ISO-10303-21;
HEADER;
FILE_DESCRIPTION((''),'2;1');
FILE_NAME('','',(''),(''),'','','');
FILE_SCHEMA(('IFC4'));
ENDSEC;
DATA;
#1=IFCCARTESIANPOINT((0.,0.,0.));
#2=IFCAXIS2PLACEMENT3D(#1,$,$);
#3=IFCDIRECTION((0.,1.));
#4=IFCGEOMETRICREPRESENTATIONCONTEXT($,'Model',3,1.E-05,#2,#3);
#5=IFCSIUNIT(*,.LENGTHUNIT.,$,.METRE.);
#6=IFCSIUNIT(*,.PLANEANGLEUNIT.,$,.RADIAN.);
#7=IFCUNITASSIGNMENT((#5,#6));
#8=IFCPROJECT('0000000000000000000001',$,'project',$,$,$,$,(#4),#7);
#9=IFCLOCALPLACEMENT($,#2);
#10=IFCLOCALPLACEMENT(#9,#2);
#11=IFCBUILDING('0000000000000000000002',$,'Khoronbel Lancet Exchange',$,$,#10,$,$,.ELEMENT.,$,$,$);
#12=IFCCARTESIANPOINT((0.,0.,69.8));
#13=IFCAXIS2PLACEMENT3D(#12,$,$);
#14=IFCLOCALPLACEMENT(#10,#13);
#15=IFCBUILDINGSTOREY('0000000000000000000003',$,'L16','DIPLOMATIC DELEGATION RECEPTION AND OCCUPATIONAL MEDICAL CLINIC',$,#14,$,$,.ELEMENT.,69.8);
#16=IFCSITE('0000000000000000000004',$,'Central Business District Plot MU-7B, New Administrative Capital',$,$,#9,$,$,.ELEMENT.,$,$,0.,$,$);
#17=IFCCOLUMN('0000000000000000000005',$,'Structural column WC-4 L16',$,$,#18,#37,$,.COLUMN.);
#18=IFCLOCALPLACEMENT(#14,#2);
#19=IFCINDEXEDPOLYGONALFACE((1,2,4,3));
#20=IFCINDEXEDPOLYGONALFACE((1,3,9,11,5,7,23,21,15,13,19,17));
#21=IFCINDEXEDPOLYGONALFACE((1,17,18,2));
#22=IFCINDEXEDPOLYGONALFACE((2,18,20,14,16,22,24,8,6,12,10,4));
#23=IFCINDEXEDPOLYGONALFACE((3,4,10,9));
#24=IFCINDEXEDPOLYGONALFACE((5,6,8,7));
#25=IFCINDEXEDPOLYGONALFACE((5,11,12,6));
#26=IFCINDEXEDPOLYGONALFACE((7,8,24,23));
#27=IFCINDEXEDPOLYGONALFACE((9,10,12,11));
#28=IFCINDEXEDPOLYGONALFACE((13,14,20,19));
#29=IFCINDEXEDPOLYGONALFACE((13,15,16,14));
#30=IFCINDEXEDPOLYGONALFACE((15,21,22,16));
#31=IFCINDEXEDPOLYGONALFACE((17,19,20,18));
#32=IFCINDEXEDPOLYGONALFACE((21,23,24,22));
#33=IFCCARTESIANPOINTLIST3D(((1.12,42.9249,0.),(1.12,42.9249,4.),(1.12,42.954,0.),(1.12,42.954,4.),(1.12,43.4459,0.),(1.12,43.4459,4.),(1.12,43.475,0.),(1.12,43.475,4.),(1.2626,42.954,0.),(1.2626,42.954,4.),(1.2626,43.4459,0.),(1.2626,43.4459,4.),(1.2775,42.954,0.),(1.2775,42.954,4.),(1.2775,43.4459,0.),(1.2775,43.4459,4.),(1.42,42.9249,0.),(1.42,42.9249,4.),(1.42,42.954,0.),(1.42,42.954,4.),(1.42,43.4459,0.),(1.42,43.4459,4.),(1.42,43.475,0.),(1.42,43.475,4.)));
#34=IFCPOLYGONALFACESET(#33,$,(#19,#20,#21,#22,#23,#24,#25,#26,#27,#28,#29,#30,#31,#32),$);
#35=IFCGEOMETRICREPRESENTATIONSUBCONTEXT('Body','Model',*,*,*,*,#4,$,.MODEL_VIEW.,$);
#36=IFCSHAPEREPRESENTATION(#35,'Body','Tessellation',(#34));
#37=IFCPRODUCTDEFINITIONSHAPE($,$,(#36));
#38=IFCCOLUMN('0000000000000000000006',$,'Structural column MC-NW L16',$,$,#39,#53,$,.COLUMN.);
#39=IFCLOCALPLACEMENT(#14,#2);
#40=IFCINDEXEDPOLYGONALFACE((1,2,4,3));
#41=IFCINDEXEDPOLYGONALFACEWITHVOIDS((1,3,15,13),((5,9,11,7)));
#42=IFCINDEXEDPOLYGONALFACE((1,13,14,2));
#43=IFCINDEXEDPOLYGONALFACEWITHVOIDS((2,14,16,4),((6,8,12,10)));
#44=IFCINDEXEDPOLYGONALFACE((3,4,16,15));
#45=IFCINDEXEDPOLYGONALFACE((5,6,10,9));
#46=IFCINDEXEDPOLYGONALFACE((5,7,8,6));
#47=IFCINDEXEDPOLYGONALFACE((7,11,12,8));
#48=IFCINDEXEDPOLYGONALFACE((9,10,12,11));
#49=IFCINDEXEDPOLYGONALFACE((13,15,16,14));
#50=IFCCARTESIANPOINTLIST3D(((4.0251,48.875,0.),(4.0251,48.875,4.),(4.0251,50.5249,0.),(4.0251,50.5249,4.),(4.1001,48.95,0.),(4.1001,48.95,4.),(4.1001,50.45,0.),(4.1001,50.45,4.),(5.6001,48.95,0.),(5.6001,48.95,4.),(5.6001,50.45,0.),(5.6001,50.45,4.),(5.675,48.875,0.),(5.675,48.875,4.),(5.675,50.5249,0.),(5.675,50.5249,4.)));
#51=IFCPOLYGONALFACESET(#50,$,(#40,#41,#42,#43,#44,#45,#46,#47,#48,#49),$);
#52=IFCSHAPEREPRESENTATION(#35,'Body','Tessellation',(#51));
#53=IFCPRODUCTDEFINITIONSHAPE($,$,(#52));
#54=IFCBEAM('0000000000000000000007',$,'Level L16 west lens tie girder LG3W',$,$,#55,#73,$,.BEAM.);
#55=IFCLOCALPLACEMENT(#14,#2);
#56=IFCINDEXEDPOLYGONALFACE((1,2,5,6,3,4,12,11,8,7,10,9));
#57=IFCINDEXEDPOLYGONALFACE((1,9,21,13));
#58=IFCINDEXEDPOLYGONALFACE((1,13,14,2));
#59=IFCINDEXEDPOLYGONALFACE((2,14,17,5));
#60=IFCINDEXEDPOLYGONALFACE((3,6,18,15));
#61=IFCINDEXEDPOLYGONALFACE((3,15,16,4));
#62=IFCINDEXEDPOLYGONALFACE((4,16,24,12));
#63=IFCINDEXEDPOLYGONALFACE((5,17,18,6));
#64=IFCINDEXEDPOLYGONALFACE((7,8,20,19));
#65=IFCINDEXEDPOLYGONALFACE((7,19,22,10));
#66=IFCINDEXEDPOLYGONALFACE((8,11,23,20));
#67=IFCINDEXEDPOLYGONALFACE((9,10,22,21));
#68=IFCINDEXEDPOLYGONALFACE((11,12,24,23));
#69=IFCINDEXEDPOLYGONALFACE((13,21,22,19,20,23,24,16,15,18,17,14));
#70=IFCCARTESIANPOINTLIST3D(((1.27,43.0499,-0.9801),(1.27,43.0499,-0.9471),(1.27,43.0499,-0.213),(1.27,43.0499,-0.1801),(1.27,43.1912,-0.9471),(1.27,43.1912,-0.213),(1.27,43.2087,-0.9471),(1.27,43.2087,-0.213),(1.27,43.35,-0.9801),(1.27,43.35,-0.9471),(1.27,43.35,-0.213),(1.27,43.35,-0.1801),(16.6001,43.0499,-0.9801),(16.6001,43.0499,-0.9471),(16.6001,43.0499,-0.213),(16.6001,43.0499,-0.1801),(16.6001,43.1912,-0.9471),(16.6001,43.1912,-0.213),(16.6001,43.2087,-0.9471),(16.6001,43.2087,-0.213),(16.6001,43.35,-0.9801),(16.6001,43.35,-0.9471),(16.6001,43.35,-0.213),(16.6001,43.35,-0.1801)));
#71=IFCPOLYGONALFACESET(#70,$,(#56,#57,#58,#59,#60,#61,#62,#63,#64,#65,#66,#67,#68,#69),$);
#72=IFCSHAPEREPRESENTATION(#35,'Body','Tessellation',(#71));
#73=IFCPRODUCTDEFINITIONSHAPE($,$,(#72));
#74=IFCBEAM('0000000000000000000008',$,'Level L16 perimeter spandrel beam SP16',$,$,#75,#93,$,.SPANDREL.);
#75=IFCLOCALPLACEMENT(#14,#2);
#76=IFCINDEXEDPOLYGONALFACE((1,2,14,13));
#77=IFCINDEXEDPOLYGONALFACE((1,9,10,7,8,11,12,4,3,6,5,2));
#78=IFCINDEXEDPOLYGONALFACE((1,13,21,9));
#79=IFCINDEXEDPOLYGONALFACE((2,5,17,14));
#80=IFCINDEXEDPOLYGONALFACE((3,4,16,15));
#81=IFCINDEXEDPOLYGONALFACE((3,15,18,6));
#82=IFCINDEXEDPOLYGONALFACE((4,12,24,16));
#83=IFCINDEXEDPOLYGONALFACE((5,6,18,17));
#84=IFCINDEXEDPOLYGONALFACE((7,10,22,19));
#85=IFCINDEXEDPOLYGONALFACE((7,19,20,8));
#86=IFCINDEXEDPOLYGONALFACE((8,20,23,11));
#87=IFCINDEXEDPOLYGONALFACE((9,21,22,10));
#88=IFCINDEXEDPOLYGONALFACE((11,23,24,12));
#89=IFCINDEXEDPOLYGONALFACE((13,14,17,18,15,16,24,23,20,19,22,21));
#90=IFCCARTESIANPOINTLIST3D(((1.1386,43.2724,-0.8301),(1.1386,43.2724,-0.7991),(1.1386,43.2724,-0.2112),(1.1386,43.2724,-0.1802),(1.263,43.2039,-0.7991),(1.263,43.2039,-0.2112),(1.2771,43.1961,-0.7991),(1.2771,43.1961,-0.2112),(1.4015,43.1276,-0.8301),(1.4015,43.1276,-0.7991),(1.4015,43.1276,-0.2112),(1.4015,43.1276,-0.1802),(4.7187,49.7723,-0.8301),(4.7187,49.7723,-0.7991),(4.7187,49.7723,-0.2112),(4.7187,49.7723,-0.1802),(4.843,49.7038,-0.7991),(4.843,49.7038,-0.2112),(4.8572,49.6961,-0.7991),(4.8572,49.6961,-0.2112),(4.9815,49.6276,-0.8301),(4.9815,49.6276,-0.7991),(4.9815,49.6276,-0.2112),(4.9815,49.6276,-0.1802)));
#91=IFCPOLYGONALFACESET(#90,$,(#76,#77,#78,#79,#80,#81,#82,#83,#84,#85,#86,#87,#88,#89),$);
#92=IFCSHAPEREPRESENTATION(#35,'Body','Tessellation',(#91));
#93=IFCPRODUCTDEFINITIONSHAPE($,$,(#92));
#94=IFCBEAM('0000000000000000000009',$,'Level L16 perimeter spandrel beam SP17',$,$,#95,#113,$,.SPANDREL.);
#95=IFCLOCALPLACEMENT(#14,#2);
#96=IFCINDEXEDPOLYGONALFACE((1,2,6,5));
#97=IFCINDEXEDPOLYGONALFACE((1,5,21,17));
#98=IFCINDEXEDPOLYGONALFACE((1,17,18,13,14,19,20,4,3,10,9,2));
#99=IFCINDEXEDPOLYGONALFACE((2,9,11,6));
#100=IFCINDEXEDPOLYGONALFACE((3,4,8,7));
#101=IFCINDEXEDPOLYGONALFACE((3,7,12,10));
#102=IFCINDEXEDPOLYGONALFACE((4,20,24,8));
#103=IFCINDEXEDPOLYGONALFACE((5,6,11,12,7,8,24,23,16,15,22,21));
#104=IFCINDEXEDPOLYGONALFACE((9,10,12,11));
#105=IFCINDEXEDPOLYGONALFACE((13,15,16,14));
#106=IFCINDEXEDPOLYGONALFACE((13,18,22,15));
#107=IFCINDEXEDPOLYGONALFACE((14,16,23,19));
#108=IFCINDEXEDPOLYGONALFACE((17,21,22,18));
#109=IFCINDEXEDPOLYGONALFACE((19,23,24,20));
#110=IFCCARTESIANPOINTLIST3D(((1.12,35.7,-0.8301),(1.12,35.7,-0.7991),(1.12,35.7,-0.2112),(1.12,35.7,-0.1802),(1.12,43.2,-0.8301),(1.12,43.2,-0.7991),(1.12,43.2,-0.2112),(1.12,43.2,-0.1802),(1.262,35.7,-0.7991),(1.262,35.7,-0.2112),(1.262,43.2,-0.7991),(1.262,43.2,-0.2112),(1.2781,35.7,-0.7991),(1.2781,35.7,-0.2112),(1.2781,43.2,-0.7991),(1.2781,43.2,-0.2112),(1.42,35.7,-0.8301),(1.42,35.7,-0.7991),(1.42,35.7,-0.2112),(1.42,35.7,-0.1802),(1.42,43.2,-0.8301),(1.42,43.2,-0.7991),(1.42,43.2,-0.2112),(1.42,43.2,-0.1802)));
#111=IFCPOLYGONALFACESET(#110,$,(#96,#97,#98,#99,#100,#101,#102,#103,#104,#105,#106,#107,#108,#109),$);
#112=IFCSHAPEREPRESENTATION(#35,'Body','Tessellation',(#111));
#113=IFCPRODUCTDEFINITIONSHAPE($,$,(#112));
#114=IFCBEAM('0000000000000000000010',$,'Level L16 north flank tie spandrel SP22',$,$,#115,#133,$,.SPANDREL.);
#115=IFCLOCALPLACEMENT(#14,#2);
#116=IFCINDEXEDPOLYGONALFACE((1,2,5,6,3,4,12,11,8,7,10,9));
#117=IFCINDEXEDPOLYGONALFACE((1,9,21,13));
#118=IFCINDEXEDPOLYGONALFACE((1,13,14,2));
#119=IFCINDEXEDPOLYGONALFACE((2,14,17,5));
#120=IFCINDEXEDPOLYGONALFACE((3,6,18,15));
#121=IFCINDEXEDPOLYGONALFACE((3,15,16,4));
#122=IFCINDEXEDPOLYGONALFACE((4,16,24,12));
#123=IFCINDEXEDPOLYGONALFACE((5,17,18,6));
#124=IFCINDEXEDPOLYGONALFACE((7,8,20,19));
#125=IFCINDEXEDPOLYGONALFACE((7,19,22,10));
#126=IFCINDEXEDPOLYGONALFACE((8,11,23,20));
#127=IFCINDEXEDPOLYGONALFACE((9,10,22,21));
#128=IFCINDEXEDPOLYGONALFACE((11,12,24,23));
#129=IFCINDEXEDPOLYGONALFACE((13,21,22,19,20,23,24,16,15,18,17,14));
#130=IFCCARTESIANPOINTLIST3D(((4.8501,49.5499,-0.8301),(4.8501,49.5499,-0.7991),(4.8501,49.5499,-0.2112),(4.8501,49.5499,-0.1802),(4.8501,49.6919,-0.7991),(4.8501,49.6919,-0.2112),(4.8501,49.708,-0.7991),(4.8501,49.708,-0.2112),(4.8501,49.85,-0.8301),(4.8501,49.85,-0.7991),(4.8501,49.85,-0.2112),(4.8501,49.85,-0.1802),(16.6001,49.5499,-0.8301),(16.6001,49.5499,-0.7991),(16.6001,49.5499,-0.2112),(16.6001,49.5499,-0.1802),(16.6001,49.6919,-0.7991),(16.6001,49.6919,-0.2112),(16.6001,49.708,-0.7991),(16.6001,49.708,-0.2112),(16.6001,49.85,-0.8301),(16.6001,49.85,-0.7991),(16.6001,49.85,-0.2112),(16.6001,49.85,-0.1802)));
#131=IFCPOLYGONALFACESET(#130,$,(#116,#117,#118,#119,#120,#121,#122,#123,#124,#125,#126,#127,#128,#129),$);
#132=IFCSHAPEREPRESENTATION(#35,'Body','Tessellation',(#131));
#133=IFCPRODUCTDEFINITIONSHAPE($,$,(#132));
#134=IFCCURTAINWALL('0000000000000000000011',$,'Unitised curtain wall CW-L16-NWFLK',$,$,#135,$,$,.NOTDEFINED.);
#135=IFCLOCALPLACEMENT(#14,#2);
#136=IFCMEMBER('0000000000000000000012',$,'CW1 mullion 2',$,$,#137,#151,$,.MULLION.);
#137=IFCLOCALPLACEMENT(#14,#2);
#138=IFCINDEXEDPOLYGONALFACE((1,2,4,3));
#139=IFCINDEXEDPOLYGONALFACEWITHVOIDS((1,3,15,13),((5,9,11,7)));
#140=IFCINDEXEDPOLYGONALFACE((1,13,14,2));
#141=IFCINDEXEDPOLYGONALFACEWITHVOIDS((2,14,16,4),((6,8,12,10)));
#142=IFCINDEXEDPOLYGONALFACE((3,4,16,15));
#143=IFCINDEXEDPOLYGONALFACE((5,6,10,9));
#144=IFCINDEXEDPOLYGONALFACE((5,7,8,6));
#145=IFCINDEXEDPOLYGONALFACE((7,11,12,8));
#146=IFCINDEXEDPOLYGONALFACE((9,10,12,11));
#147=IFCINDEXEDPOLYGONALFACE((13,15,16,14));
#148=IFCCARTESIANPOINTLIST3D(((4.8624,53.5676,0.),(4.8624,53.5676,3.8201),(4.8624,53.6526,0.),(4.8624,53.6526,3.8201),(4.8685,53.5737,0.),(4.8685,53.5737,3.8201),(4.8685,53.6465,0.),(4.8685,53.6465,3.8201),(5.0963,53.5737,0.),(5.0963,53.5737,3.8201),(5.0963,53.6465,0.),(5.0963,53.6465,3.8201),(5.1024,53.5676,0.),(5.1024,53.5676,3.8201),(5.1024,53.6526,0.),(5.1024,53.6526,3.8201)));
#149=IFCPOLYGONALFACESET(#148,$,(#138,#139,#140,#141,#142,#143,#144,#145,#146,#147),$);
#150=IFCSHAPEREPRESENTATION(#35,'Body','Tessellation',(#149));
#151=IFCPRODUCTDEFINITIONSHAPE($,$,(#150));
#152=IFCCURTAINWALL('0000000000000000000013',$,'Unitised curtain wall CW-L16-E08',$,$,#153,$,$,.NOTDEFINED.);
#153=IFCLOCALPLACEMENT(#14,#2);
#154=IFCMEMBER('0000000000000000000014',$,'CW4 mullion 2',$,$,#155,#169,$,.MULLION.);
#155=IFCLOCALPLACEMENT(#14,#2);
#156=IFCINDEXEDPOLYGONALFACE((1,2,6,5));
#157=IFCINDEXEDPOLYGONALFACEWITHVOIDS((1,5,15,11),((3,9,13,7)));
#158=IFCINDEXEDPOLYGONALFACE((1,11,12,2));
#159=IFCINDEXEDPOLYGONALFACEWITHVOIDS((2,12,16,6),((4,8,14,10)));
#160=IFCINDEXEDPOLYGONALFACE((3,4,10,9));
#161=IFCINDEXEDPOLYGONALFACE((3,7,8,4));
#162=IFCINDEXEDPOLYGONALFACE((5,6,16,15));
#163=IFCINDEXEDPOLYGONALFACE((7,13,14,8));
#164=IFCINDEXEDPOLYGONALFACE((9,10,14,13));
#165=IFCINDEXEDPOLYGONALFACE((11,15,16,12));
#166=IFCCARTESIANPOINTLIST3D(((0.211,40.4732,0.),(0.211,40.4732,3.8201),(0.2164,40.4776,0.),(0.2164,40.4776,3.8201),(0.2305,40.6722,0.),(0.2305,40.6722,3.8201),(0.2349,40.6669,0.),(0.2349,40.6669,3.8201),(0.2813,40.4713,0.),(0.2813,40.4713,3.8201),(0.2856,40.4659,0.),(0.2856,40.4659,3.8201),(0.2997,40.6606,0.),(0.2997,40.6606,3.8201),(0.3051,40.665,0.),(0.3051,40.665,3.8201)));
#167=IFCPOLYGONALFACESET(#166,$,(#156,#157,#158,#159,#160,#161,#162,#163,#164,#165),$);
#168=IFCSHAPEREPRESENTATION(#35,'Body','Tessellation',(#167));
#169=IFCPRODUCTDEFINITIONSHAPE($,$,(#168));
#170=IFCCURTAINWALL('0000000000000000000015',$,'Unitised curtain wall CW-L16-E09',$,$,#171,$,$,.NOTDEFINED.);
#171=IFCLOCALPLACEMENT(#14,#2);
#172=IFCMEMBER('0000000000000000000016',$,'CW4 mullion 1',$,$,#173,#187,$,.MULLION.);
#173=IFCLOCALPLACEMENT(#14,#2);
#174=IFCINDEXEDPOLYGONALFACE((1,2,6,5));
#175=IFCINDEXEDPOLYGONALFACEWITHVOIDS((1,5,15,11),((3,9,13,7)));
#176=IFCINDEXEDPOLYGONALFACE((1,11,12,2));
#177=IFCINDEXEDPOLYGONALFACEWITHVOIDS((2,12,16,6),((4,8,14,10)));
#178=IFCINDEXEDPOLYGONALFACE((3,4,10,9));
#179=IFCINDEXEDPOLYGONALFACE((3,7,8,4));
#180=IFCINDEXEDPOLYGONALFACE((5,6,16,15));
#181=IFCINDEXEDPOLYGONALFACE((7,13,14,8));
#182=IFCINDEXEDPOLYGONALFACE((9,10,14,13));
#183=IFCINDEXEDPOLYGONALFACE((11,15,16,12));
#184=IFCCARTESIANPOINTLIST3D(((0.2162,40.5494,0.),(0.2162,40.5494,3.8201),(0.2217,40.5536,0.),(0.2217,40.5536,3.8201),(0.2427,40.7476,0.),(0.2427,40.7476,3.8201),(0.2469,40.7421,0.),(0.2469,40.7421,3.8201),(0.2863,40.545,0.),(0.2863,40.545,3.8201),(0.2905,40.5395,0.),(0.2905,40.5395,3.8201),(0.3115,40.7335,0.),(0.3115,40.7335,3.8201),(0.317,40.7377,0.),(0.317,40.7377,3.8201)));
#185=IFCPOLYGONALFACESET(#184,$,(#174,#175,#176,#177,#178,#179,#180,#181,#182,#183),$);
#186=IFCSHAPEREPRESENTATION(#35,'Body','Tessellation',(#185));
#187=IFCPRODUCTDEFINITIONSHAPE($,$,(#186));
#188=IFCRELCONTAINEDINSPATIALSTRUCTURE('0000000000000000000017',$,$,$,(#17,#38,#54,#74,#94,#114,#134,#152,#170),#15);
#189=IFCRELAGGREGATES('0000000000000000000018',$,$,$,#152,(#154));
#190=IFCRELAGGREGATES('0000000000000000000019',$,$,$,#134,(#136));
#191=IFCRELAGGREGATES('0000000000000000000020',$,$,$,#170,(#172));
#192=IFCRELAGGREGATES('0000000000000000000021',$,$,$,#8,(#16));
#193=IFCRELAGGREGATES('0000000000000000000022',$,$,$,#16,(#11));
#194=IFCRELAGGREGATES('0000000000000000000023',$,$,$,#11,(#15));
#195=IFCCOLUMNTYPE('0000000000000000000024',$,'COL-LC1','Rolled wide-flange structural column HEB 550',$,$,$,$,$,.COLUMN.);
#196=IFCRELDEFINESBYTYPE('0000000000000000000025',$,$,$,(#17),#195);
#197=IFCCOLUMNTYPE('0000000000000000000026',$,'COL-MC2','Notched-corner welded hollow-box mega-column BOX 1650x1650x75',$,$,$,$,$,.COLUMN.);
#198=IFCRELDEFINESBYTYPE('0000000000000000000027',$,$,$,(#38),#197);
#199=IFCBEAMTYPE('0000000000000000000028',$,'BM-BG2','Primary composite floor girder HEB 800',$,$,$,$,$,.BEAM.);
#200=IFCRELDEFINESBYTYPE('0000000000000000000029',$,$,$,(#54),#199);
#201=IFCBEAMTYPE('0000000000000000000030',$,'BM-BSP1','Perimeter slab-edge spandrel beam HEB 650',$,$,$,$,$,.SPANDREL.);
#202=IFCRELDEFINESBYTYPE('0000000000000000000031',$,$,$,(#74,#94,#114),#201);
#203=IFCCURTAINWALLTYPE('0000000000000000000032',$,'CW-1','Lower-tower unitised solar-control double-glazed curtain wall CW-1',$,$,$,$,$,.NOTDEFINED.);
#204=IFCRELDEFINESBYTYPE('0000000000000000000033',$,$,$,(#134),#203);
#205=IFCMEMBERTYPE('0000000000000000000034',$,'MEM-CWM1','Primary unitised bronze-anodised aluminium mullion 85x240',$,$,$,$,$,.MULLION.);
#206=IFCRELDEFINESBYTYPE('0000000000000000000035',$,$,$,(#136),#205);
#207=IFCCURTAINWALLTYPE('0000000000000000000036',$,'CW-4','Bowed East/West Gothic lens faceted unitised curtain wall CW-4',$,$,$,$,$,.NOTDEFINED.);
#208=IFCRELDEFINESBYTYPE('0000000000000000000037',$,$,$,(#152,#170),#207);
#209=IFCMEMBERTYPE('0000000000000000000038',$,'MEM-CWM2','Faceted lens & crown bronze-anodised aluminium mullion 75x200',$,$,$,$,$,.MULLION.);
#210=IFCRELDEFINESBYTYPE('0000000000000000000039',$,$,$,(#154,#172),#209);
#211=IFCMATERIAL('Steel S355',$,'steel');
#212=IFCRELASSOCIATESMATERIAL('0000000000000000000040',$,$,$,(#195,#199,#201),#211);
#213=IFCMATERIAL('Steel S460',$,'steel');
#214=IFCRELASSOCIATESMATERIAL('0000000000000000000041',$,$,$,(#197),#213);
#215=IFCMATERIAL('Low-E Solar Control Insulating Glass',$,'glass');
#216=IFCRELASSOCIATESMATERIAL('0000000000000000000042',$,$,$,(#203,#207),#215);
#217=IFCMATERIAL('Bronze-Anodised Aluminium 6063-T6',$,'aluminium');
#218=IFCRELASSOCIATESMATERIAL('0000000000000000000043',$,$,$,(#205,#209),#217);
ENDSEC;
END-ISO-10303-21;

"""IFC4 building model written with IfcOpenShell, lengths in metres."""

from ifc_helpers import new_model, si_unit, direction, frame, origin, origin_2d, place, context, subcontext, project, spatial, hollow_rectangle, i_section, extrude, material, material_profile, profile_set, type_object, element, aggregate, save


model = new_model("IFC4")

# Units and contexts
model_context = context("Model", 3, precision=1e-05, world=origin(), true_north=direction((0.0, 1.0)))
body_context = subcontext(model_context, "Body", "Model", "MODEL_VIEW")
ifc_project = project(units=[si_unit("LENGTHUNIT", "METRE"), si_unit("PLANEANGLEUNIT", "RADIAN")], contexts=[model_context])

# Site, building, storey
site_placement = place(None, origin())
site = spatial("IfcSite", under=ifc_project, at=site_placement, Name="Central Business District Plot MU-7B, New Administrative Capital", CompositionType="ELEMENT", RefElevation=0.0)
building_placement = place(site_placement, origin())
building = spatial("IfcBuilding", under=site, at=building_placement, Name="Khoronbel Lancet Exchange", CompositionType="ELEMENT")
storey_placement = place(building_placement, frame((0.0, 0.0, 69.8)))
storey = spatial("IfcBuildingStorey", under=building, at=storey_placement, Name="L16", Description="DIPLOMATIC DELEGATION RECEPTION AND OCCUPATIONAL MEDICAL CLINIC", CompositionType="ELEMENT", Elevation=69.8)

# Columns
ifc_material_1 = material(Name="Steel S355", Category="steel")
ifc_material_profile_1 = material_profile(ifc_material_1, i_section(OverallWidth=0.3, OverallDepth=0.55, WebThickness=0.0149, FlangeThickness=0.0291, at=origin_2d()), Name="HEB 550")
ifc_profile_set_1 = profile_set([ifc_material_profile_1], Name="Steel S355")
column_type_1 = type_object("IfcColumnType", Name="COL-LC1", Description="Rolled wide-flange structural column HEB 550", PredefinedType="COLUMN", material=ifc_profile_set_1)
column_1_placement = place(storey_placement, frame((1.27, 43.2, 0.0), z_axis=(0.0, 0.0, 1.0), x_axis=(1.0, 0.0, 0.0)))
element("IfcColumn", 1, at=column_1_placement, inside=storey, type_object=column_type_1, Name="Structural column WC-4 L16", PredefinedType="COLUMN", context=body_context, shape_type="SweptSolid", body=[
    extrude(i_section(OverallWidth=0.3, OverallDepth=0.55, WebThickness=0.0149, FlangeThickness=0.0291, at=origin_2d()), origin(), (0.0, 0.0, 1.0), 4.0),
])
ifc_material_2 = material(Name="Steel S460", Category="steel")
ifc_material_profile_2 = material_profile(ifc_material_2, hollow_rectangle(XDim=1.6499, YDim=1.6499, WallThickness=0.075, at=origin_2d()), Name="BOX 1650x1650x75")
ifc_profile_set_2 = profile_set([ifc_material_profile_2], Name="Steel S460")
column_type_2 = type_object("IfcColumnType", Name="COL-MC2", Description="Notched-corner welded hollow-box mega-column BOX 1650x1650x75", PredefinedType="COLUMN", material=ifc_profile_set_2)
column_2_placement = place(storey_placement, frame((4.8501, 49.7, 0.0), z_axis=(0.0, 0.0, 1.0), x_axis=(1.0, 0.0, 0.0)))
element("IfcColumn", 2, at=column_2_placement, inside=storey, type_object=column_type_2, Name="Structural column MC-NW L16", PredefinedType="COLUMN", context=body_context, shape_type="SweptSolid", body=[
    extrude(hollow_rectangle(XDim=1.6499, YDim=1.6499, WallThickness=0.075, at=origin_2d()), origin(), (0.0, 0.0, 1.0), 4.0),
])

# Beams
ifc_material_profile_3 = material_profile(ifc_material_1, i_section(OverallWidth=0.3, OverallDepth=0.8, WebThickness=0.0176, FlangeThickness=0.033, at=origin_2d()), Name="HEB 800")
ifc_profile_set_3 = profile_set([ifc_material_profile_3], Name="Steel S355")
beam_type_1 = type_object("IfcBeamType", Name="BM-BG2", Description="Primary composite floor girder HEB 800", PredefinedType="BEAM", material=ifc_profile_set_3)
beam_1_placement = place(storey_placement, frame((1.27, 43.2, -0.5801), z_axis=(1.0, 0.0, 0.0), x_axis=(0.0, 1.0, 0.0)))
element("IfcBeam", 3, at=beam_1_placement, inside=storey, type_object=beam_type_1, Name="Level L16 west lens tie girder LG3W", PredefinedType="BEAM", context=body_context, shape_type="SweptSolid", body=[
    extrude(i_section(OverallWidth=0.3, OverallDepth=0.8, WebThickness=0.0176, FlangeThickness=0.033, at=origin_2d()), origin(), (0.0, 0.0, 1.0), 15.3301),
])
ifc_material_profile_4 = material_profile(ifc_material_1, i_section(OverallWidth=0.3, OverallDepth=0.6499, WebThickness=0.0161, FlangeThickness=0.031, at=origin_2d()), Name="HEB 650")
ifc_profile_set_4 = profile_set([ifc_material_profile_4], Name="Steel S355")
beam_type_2 = type_object("IfcBeamType", Name="BM-BSP1", Description="Perimeter slab-edge spandrel beam HEB 650", PredefinedType="SPANDREL", material=ifc_profile_set_4)
beam_2_placement = place(storey_placement, frame((4.8501, 49.7, -0.5051), z_axis=(-0.482444, -0.875927, 0.0), x_axis=(0.875927, -0.482444, 0.0)))
element("IfcBeam", 4, at=beam_2_placement, inside=storey, type_object=beam_type_2, Name="Level L16 perimeter spandrel beam SP16", PredefinedType="SPANDREL", context=body_context, shape_type="SweptSolid", body=[
    extrude(i_section(OverallWidth=0.3, OverallDepth=0.6499, WebThickness=0.0161, FlangeThickness=0.031, at=origin_2d()), origin(), (0.0, 0.0, 1.0), 7.4207),
])
beam_3_placement = place(storey_placement, frame((1.27, 43.2, -0.5051), z_axis=(0.0, -1.0, 0.0), x_axis=(1.0, 0.0, 0.0)))
element("IfcBeam", 5, at=beam_3_placement, inside=storey, type_object=beam_type_2, Name="Level L16 perimeter spandrel beam SP17", PredefinedType="SPANDREL", context=body_context, shape_type="SweptSolid", body=[
    extrude(i_section(OverallWidth=0.3, OverallDepth=0.6499, WebThickness=0.0161, FlangeThickness=0.031, at=origin_2d()), origin(), (0.0, 0.0, 1.0), 7.5),
])
beam_4_placement = place(storey_placement, frame((4.8501, 49.7, -0.5051), z_axis=(1.0, 0.0, 0.0), x_axis=(0.0, 1.0, 0.0)))
element("IfcBeam", 6, at=beam_4_placement, inside=storey, type_object=beam_type_2, Name="Level L16 north flank tie spandrel SP22", PredefinedType="SPANDREL", context=body_context, shape_type="SweptSolid", body=[
    extrude(i_section(OverallWidth=0.3, OverallDepth=0.6499, WebThickness=0.0161, FlangeThickness=0.031, at=origin_2d()), origin(), (0.0, 0.0, 1.0), 11.75),
])

# Curtain walls, members
ifc_material_3 = material(Name="Low-E Solar Control Insulating Glass", Category="glass")
curtain_wall_type_1 = type_object("IfcCurtainWallType", Name="CW-1", Description="Lower-tower unitised solar-control double-glazed curtain wall CW-1", PredefinedType="NOTDEFINED", material=ifc_material_3)
curtain_wall_1_placement = place(storey_placement, origin())
curtain_wall_1 = element("IfcCurtainWall", 7, at=curtain_wall_1_placement, inside=storey, type_object=curtain_wall_type_1, Name="Unitised curtain wall CW-L16-NWFLK", PredefinedType="NOTDEFINED")
ifc_material_4 = material(Name="Bronze-Anodised Aluminium 6063-T6", Category="aluminium")
ifc_material_profile_5 = material_profile(ifc_material_4, hollow_rectangle(XDim=0.085, YDim=0.24, WallThickness=0.0061, at=origin_2d()), Name="ALU MULLION 85x240")
ifc_profile_set_5 = profile_set([ifc_material_profile_5], Name="Bronze-Anodised Aluminium 6063-T6")
member_type_1 = type_object("IfcMemberType", Name="MEM-CWM1", Description="Primary unitised bronze-anodised aluminium mullion 85x240", PredefinedType="MULLION", material=ifc_profile_set_5)
member_1_placement = place(storey_placement, frame((4.9824, 53.6101, 0.0), z_axis=(0.0, 0.0, 1.0), x_axis=(0.0, -1.0, 0.0)))
member_1 = element("IfcMember", 8, at=member_1_placement, type_object=member_type_1, Name="CW1 mullion 2", PredefinedType="MULLION", context=body_context, shape_type="SweptSolid", body=[
    extrude(hollow_rectangle(XDim=0.085, YDim=0.24, WallThickness=0.0061, at=origin_2d()), origin(), (0.0, 0.0, 1.0), 3.8201),
])
curtain_wall_type_2 = type_object("IfcCurtainWallType", Name="CW-4", Description="Bowed East/West Gothic lens faceted unitised curtain wall CW-4", PredefinedType="NOTDEFINED", material=ifc_material_3)
curtain_wall_2_placement = place(storey_placement, origin())
curtain_wall_2 = element("IfcCurtainWall", 9, at=curtain_wall_2_placement, inside=storey, type_object=curtain_wall_type_2, Name="Unitised curtain wall CW-L16-E08", PredefinedType="NOTDEFINED")
ifc_material_profile_6 = material_profile(ifc_material_4, hollow_rectangle(XDim=0.075, YDim=0.2, WallThickness=0.0049, at=origin_2d()), Name="ALU MULLION 75x200")
ifc_profile_set_6 = profile_set([ifc_material_profile_6], Name="Bronze-Anodised Aluminium 6063-T6")
member_type_2 = type_object("IfcMemberType", Name="MEM-CWM2", Description="Faceted lens & crown bronze-anodised aluminium mullion 75x200", PredefinedType="MULLION", material=ifc_profile_set_6)
member_2_placement = place(storey_placement, frame((0.2581, 40.5691, 0.0), z_axis=(0.0, 0.0, 1.0), x_axis=(-0.995271, 0.097135, 0.0)))
member_2 = element("IfcMember", 10, at=member_2_placement, type_object=member_type_2, Name="CW4 mullion 2", PredefinedType="MULLION", context=body_context, shape_type="SweptSolid", body=[
    extrude(hollow_rectangle(XDim=0.075, YDim=0.2, WallThickness=0.0049, at=origin_2d()), origin(), (0.0, 0.0, 1.0), 3.8201),
])

# Curtain wall, member
curtain_wall_3_placement = place(storey_placement, origin())
curtain_wall_3 = element("IfcCurtainWall", 11, at=curtain_wall_3_placement, inside=storey, type_object=curtain_wall_type_2, Name="Unitised curtain wall CW-L16-E09", PredefinedType="NOTDEFINED")
member_3_placement = place(storey_placement, frame((0.2666, 40.6436, 0.0), z_axis=(0.0, 0.0, 1.0), x_axis=(-0.991229, 0.132155, 0.0)))
member_3 = element("IfcMember", 12, at=member_3_placement, type_object=member_type_2, Name="CW4 mullion 1", PredefinedType="MULLION", context=body_context, shape_type="SweptSolid", body=[
    extrude(hollow_rectangle(XDim=0.075, YDim=0.2, WallThickness=0.0049, at=origin_2d()), origin(), (0.0, 0.0, 1.0), 3.8201),
])

aggregate(curtain_wall_2, [member_2])
aggregate(curtain_wall_1, [member_1])
aggregate(curtain_wall_3, [member_3])

save(model, "model.ifc")
